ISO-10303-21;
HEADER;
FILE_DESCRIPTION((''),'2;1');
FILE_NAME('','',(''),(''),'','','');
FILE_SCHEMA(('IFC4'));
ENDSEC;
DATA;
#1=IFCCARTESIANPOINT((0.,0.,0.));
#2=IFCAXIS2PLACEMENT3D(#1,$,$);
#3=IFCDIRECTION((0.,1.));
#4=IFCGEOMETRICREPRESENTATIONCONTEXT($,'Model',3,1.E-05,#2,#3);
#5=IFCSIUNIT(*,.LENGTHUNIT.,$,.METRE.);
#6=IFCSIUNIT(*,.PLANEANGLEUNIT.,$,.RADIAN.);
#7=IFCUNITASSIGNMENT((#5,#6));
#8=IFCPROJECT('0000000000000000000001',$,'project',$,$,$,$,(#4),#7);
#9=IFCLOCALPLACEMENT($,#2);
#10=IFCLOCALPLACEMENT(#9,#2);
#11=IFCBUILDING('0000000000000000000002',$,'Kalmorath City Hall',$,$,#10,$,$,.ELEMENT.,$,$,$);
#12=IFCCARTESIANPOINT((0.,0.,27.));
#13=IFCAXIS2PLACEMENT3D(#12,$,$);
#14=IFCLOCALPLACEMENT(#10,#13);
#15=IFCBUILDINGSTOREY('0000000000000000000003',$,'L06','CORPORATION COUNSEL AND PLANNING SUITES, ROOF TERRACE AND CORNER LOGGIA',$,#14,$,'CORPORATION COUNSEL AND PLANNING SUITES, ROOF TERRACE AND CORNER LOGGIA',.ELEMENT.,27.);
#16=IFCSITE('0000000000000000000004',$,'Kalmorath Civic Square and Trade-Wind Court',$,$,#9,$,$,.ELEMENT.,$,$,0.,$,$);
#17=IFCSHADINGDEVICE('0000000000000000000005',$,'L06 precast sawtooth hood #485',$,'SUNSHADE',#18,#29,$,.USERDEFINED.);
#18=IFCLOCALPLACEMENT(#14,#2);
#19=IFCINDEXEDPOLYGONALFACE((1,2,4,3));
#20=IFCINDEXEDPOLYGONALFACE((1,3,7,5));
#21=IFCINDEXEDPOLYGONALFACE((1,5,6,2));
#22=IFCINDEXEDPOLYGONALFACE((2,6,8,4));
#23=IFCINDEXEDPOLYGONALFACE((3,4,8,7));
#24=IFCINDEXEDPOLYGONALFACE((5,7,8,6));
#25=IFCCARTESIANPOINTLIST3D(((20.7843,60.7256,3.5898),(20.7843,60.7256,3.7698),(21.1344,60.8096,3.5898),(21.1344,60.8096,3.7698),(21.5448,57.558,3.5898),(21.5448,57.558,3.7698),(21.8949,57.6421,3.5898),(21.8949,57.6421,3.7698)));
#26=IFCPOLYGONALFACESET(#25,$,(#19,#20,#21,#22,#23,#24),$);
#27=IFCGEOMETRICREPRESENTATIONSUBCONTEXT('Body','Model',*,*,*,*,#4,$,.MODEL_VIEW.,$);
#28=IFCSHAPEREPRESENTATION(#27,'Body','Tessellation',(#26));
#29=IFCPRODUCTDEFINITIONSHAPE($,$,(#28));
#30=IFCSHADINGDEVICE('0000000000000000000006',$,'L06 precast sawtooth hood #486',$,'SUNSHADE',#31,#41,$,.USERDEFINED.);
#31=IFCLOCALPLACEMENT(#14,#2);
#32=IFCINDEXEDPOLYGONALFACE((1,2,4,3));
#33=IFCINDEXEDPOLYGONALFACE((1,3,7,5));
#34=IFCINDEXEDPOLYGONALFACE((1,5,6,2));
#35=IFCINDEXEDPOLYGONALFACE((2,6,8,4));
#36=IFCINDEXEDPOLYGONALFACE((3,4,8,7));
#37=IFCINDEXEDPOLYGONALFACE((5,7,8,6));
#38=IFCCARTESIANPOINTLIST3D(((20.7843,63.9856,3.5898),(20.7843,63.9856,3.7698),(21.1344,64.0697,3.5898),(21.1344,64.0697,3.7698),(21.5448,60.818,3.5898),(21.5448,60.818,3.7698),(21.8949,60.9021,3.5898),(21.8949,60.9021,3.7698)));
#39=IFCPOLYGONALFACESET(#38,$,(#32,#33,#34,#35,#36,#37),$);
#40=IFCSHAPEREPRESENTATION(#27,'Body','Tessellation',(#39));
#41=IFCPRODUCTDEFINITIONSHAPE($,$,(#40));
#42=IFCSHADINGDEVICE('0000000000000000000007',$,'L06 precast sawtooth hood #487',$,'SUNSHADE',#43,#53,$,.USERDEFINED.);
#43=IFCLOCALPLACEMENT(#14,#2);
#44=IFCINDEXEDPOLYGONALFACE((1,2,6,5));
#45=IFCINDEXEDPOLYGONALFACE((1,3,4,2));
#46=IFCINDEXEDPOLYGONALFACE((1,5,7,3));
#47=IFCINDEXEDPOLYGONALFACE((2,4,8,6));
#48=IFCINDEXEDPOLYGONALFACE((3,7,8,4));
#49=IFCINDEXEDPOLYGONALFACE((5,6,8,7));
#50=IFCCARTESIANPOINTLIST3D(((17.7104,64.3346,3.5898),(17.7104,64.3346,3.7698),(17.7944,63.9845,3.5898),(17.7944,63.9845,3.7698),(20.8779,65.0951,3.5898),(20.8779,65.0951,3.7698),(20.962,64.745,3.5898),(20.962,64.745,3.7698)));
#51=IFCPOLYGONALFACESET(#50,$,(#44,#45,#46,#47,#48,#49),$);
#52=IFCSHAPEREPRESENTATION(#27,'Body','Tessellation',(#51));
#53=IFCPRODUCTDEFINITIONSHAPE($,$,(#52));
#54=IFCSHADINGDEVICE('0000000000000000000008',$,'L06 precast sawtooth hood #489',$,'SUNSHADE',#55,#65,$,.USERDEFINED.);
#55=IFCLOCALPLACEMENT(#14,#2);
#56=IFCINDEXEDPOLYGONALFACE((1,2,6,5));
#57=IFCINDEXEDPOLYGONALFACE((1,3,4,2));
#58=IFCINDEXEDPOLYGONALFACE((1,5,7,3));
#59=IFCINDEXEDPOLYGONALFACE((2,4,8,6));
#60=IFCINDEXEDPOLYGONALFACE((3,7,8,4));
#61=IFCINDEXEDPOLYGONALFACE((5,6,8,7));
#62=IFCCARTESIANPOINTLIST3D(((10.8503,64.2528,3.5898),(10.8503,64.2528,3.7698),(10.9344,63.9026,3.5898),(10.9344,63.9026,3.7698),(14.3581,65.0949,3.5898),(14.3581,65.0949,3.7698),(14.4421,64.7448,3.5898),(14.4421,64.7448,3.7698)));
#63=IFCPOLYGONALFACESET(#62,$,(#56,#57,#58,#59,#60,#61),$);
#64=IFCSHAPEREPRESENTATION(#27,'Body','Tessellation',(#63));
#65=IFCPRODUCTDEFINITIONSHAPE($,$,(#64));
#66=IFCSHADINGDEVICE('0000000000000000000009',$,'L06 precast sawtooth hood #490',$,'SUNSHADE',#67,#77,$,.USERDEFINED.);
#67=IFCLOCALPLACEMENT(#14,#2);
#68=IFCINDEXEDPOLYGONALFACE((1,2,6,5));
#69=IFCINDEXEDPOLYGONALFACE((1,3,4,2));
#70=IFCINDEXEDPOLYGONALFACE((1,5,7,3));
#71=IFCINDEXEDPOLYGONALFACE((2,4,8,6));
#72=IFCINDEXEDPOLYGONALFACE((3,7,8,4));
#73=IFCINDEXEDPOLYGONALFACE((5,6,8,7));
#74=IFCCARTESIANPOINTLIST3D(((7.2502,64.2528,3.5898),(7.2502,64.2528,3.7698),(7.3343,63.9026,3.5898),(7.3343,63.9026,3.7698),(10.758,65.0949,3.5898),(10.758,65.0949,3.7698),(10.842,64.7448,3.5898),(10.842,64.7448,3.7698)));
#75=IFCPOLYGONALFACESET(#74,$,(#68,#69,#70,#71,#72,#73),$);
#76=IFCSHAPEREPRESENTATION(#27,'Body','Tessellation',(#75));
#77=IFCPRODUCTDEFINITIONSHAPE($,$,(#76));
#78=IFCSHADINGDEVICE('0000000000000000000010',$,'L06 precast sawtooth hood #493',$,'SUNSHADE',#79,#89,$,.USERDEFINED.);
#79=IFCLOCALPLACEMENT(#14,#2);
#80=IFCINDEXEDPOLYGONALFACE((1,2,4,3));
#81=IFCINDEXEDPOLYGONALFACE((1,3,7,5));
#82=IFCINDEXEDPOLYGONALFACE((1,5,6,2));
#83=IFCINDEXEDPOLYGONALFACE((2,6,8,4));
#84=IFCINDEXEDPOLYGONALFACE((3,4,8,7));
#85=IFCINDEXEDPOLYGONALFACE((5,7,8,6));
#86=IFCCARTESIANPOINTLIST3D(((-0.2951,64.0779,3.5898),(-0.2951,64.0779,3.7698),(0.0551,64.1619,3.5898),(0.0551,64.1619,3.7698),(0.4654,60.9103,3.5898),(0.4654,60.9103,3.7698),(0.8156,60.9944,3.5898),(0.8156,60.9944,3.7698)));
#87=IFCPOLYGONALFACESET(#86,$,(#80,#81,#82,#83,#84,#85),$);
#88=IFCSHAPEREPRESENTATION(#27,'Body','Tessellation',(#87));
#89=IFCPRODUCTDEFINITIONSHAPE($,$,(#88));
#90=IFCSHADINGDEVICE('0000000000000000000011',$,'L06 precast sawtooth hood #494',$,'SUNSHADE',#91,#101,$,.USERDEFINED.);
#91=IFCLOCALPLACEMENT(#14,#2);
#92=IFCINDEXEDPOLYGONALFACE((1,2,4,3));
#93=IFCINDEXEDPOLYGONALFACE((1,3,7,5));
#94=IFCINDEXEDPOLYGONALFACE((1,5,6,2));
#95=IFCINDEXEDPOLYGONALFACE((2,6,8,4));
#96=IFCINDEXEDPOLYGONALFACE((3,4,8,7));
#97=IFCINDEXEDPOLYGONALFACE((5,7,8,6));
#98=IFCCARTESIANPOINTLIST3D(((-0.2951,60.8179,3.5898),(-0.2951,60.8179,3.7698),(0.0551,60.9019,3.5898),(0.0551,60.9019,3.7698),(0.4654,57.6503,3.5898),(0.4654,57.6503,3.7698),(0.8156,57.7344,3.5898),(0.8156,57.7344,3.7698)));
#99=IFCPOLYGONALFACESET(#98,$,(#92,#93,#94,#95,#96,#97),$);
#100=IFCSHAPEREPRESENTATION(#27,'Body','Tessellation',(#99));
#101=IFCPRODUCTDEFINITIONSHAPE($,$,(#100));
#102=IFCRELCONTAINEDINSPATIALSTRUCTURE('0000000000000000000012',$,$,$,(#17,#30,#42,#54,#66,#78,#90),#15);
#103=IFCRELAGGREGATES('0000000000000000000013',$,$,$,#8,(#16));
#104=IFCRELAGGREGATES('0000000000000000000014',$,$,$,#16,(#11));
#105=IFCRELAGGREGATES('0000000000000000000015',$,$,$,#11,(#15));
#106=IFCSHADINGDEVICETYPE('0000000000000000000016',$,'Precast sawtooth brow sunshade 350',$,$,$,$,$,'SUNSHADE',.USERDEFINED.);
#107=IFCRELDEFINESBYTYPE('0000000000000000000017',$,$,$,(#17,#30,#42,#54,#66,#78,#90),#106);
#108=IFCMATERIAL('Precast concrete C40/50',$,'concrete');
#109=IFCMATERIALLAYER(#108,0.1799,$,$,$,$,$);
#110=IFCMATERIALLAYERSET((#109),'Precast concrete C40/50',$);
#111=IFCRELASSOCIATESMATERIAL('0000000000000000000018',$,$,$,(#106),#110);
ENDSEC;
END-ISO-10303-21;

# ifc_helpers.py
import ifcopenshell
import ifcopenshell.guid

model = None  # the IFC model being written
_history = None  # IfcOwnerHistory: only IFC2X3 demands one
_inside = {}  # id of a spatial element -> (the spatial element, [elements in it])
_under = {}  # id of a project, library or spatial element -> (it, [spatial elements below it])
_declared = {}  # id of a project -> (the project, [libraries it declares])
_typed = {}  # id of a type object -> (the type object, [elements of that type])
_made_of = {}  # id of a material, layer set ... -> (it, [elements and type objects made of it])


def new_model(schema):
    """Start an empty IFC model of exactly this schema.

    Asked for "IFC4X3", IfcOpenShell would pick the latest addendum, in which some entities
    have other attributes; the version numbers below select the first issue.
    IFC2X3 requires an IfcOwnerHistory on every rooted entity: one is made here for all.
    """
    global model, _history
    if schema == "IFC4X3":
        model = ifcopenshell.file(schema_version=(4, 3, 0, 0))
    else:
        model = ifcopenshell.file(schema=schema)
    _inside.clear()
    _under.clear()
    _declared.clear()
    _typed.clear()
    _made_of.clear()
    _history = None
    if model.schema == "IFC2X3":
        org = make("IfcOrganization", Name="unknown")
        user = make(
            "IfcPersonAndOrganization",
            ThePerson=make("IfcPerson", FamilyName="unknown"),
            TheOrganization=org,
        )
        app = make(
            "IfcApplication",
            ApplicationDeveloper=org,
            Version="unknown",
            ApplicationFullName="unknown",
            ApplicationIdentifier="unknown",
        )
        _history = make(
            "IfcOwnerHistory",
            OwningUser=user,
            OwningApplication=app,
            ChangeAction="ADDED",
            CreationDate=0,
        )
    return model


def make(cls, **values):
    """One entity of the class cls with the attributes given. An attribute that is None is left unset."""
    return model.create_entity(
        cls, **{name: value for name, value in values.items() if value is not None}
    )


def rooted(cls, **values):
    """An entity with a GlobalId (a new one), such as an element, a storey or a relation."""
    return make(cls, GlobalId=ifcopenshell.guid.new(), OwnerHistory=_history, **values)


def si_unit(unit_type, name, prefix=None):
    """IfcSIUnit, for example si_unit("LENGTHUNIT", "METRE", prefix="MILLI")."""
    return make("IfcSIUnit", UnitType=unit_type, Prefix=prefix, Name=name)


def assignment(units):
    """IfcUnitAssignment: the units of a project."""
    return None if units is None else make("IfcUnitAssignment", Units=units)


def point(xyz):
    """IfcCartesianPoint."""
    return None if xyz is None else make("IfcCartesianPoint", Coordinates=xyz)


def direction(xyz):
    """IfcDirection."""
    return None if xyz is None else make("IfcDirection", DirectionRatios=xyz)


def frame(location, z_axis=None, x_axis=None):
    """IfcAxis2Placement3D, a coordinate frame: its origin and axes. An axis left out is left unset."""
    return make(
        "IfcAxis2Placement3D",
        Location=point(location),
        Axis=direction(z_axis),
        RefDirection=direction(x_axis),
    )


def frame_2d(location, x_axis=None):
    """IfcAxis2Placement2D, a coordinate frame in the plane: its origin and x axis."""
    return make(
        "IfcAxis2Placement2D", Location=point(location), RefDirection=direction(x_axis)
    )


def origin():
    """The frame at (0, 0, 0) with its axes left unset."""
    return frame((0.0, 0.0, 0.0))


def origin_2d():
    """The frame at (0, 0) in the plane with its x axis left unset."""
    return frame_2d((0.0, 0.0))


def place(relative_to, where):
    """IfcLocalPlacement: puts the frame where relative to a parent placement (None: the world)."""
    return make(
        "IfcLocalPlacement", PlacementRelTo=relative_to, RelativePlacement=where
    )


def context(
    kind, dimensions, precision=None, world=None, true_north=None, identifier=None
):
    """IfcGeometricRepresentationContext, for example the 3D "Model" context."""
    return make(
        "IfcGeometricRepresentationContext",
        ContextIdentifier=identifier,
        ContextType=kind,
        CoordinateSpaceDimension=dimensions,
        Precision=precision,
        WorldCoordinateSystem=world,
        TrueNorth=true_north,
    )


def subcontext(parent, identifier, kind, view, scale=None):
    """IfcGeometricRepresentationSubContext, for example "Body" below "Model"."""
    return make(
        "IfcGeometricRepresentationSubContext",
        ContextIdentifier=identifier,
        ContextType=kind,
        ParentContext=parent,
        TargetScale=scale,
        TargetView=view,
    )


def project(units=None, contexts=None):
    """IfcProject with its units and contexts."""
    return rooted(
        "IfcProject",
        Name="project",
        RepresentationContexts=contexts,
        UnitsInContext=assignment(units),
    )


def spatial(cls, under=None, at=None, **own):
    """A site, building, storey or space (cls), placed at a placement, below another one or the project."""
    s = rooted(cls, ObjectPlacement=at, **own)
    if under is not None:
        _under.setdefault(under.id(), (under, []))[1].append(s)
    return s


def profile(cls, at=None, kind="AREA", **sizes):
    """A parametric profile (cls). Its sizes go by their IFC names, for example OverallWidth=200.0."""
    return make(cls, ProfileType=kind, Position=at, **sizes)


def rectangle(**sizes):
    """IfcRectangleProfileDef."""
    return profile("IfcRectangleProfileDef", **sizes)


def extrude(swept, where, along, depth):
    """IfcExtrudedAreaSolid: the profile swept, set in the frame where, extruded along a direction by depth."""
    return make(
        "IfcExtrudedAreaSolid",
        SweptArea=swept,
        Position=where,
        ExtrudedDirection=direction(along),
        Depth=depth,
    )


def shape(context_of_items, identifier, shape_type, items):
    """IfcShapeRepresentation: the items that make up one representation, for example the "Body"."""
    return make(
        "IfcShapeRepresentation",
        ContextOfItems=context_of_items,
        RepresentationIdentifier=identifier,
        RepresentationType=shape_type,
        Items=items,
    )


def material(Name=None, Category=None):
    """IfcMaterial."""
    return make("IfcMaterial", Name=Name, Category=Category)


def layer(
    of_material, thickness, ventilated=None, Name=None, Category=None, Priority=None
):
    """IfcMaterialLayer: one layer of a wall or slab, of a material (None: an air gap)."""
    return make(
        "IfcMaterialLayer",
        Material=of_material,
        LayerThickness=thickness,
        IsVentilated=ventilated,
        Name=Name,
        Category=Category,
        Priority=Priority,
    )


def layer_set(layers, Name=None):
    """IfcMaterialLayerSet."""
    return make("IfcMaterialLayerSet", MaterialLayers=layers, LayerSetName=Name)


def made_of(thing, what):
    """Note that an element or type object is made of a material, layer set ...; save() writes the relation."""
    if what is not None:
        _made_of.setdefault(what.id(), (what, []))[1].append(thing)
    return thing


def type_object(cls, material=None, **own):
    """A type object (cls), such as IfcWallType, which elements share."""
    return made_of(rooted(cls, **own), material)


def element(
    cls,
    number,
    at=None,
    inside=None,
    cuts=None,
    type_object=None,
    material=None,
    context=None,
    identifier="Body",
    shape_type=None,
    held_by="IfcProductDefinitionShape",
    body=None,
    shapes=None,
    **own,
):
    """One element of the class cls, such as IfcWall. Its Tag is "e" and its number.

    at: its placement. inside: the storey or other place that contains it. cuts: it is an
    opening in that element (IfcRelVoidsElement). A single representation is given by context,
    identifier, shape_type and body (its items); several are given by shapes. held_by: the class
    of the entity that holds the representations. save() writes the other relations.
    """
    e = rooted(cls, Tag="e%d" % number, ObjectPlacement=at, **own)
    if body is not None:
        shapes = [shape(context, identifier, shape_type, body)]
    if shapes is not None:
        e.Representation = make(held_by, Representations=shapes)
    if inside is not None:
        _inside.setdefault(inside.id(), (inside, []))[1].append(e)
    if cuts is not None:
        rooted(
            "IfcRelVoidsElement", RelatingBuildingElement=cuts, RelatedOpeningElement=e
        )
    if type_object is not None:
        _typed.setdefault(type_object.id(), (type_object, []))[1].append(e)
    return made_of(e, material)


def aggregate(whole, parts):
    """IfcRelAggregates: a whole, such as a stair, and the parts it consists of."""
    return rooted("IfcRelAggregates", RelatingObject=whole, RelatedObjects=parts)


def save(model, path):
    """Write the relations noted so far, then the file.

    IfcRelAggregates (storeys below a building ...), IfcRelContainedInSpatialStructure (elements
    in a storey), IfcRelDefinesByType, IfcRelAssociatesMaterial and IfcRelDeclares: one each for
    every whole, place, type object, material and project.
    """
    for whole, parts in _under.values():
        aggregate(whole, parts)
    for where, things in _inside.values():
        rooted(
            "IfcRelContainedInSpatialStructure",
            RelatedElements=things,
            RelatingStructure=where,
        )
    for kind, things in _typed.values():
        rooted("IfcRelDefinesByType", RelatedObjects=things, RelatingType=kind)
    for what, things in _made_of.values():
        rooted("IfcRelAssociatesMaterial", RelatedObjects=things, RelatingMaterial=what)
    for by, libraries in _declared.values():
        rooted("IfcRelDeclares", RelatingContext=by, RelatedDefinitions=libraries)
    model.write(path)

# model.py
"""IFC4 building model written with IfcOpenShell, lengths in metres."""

from ifc_helpers import new_model, si_unit, direction, frame, origin, origin_2d, place, context, subcontext, project, spatial, rectangle, extrude, material, layer, layer_set, type_object, element, save


model = new_model("IFC4")

# Units and contexts
model_context = context("Model", 3, precision=1e-05, world=origin(), true_north=direction((0.0, 1.0)))
body_context = subcontext(model_context, "Body", "Model", "MODEL_VIEW")
ifc_project = project(units=[si_unit("LENGTHUNIT", "METRE"), si_unit("PLANEANGLEUNIT", "RADIAN")], contexts=[model_context])

# Site, building, storey
site_placement = place(None, origin())
site = spatial("IfcSite", under=ifc_project, at=site_placement, Name="Kalmorath Civic Square and Trade-Wind Court", CompositionType="ELEMENT", RefElevation=0.0)
building_placement = place(site_placement, origin())
building = spatial("IfcBuilding", under=site, at=building_placement, Name="Kalmorath City Hall", CompositionType="ELEMENT")
storey_placement = place(building_placement, frame((0.0, 0.0, 27.0)))
storey = spatial("IfcBuildingStorey", under=building, at=storey_placement, Name="L06", Description="CORPORATION COUNSEL AND PLANNING SUITES, ROOF TERRACE AND CORNER LOGGIA", LongName="CORPORATION COUNSEL AND PLANNING SUITES, ROOF TERRACE AND CORNER LOGGIA", CompositionType="ELEMENT", Elevation=27.0)

# Shading devices
ifc_material_1 = material(Name="Precast concrete C40/50", Category="concrete")
ifc_layer_1 = layer(ifc_material_1, 0.1799)
ifc_layer_set_1 = layer_set([ifc_layer_1], Name="Precast concrete C40/50")
shading_device_type = type_object("IfcShadingDeviceType", Name="Precast sawtooth brow sunshade 350", ElementType="SUNSHADE", PredefinedType="USERDEFINED", material=ifc_layer_set_1)
for number, where, z_axis, x_axis, name in (
    (1, (21.3396, 59.1838, 3.5898), (0.0, 0.0, 1.0), (-0.233462, 0.972366, 0.0), "L06 precast sawtooth hood #485"),
    (2, (21.3396, 62.4438, 3.5898), (0.0, 0.0, 1.0), (-0.233462, 0.972366, 0.0), "L06 precast sawtooth hood #486"),
    (3, (19.3362, 64.5398, 3.5898), (0.0, 0.0, 1.0), (-0.972366, -0.233462, 0.0), "L06 precast sawtooth hood #487"),
):
    element("IfcShadingDevice", number, at=place(storey_placement, frame(where, z_axis=z_axis, x_axis=x_axis)), inside=storey, type_object=shading_device_type, Name=name, ObjectType="SUNSHADE", PredefinedType="USERDEFINED", context=body_context, shape_type="SweptSolid", body=[
        extrude(rectangle(XDim=3.2576, YDim=0.3601, at=origin_2d()), origin(), (0.0, 0.0, 1.0), 0.1799),
    ])
for number, where, z_axis, x_axis, name in (
    (4, (12.6462, 64.4988, 3.5898), (0.0, 0.0, 1.0), (-0.97237, -0.233445, 0.0), "L06 precast sawtooth hood #489"),
    (5, (9.0461, 64.4988, 3.5898), (0.0, 0.0, 1.0), (-0.97237, -0.233445, 0.0), "L06 precast sawtooth hood #490"),
):
    element("IfcShadingDevice", number, at=place(storey_placement, frame(where, z_axis=z_axis, x_axis=x_axis)), inside=storey, type_object=shading_device_type, Name=name, ObjectType="SUNSHADE", PredefinedType="USERDEFINED", context=body_context, shape_type="SweptSolid", body=[
        extrude(rectangle(XDim=3.6074, YDim=0.3601, at=origin_2d()), origin(), (0.0, 0.0, 1.0), 0.1799),
    ])
for number, where, z_axis, x_axis, name in (
    (6, (0.2603, 62.5361, 3.5898), (0.0, 0.0, 1.0), (0.233462, -0.972366, 0.0), "L06 precast sawtooth hood #493"),
    (7, (0.2603, 59.2761, 3.5898), (0.0, 0.0, 1.0), (0.233462, -0.972366, 0.0), "L06 precast sawtooth hood #494"),
):
    element("IfcShadingDevice", number, at=place(storey_placement, frame(where, z_axis=z_axis, x_axis=x_axis)), inside=storey, type_object=shading_device_type, Name=name, ObjectType="SUNSHADE", PredefinedType="USERDEFINED", context=body_context, shape_type="SweptSolid", body=[
        extrude(rectangle(XDim=3.2576, YDim=0.3601, at=origin_2d()), origin(), (0.0, 0.0, 1.0), 0.1799),
    ])

save(model, "model.ifc")
